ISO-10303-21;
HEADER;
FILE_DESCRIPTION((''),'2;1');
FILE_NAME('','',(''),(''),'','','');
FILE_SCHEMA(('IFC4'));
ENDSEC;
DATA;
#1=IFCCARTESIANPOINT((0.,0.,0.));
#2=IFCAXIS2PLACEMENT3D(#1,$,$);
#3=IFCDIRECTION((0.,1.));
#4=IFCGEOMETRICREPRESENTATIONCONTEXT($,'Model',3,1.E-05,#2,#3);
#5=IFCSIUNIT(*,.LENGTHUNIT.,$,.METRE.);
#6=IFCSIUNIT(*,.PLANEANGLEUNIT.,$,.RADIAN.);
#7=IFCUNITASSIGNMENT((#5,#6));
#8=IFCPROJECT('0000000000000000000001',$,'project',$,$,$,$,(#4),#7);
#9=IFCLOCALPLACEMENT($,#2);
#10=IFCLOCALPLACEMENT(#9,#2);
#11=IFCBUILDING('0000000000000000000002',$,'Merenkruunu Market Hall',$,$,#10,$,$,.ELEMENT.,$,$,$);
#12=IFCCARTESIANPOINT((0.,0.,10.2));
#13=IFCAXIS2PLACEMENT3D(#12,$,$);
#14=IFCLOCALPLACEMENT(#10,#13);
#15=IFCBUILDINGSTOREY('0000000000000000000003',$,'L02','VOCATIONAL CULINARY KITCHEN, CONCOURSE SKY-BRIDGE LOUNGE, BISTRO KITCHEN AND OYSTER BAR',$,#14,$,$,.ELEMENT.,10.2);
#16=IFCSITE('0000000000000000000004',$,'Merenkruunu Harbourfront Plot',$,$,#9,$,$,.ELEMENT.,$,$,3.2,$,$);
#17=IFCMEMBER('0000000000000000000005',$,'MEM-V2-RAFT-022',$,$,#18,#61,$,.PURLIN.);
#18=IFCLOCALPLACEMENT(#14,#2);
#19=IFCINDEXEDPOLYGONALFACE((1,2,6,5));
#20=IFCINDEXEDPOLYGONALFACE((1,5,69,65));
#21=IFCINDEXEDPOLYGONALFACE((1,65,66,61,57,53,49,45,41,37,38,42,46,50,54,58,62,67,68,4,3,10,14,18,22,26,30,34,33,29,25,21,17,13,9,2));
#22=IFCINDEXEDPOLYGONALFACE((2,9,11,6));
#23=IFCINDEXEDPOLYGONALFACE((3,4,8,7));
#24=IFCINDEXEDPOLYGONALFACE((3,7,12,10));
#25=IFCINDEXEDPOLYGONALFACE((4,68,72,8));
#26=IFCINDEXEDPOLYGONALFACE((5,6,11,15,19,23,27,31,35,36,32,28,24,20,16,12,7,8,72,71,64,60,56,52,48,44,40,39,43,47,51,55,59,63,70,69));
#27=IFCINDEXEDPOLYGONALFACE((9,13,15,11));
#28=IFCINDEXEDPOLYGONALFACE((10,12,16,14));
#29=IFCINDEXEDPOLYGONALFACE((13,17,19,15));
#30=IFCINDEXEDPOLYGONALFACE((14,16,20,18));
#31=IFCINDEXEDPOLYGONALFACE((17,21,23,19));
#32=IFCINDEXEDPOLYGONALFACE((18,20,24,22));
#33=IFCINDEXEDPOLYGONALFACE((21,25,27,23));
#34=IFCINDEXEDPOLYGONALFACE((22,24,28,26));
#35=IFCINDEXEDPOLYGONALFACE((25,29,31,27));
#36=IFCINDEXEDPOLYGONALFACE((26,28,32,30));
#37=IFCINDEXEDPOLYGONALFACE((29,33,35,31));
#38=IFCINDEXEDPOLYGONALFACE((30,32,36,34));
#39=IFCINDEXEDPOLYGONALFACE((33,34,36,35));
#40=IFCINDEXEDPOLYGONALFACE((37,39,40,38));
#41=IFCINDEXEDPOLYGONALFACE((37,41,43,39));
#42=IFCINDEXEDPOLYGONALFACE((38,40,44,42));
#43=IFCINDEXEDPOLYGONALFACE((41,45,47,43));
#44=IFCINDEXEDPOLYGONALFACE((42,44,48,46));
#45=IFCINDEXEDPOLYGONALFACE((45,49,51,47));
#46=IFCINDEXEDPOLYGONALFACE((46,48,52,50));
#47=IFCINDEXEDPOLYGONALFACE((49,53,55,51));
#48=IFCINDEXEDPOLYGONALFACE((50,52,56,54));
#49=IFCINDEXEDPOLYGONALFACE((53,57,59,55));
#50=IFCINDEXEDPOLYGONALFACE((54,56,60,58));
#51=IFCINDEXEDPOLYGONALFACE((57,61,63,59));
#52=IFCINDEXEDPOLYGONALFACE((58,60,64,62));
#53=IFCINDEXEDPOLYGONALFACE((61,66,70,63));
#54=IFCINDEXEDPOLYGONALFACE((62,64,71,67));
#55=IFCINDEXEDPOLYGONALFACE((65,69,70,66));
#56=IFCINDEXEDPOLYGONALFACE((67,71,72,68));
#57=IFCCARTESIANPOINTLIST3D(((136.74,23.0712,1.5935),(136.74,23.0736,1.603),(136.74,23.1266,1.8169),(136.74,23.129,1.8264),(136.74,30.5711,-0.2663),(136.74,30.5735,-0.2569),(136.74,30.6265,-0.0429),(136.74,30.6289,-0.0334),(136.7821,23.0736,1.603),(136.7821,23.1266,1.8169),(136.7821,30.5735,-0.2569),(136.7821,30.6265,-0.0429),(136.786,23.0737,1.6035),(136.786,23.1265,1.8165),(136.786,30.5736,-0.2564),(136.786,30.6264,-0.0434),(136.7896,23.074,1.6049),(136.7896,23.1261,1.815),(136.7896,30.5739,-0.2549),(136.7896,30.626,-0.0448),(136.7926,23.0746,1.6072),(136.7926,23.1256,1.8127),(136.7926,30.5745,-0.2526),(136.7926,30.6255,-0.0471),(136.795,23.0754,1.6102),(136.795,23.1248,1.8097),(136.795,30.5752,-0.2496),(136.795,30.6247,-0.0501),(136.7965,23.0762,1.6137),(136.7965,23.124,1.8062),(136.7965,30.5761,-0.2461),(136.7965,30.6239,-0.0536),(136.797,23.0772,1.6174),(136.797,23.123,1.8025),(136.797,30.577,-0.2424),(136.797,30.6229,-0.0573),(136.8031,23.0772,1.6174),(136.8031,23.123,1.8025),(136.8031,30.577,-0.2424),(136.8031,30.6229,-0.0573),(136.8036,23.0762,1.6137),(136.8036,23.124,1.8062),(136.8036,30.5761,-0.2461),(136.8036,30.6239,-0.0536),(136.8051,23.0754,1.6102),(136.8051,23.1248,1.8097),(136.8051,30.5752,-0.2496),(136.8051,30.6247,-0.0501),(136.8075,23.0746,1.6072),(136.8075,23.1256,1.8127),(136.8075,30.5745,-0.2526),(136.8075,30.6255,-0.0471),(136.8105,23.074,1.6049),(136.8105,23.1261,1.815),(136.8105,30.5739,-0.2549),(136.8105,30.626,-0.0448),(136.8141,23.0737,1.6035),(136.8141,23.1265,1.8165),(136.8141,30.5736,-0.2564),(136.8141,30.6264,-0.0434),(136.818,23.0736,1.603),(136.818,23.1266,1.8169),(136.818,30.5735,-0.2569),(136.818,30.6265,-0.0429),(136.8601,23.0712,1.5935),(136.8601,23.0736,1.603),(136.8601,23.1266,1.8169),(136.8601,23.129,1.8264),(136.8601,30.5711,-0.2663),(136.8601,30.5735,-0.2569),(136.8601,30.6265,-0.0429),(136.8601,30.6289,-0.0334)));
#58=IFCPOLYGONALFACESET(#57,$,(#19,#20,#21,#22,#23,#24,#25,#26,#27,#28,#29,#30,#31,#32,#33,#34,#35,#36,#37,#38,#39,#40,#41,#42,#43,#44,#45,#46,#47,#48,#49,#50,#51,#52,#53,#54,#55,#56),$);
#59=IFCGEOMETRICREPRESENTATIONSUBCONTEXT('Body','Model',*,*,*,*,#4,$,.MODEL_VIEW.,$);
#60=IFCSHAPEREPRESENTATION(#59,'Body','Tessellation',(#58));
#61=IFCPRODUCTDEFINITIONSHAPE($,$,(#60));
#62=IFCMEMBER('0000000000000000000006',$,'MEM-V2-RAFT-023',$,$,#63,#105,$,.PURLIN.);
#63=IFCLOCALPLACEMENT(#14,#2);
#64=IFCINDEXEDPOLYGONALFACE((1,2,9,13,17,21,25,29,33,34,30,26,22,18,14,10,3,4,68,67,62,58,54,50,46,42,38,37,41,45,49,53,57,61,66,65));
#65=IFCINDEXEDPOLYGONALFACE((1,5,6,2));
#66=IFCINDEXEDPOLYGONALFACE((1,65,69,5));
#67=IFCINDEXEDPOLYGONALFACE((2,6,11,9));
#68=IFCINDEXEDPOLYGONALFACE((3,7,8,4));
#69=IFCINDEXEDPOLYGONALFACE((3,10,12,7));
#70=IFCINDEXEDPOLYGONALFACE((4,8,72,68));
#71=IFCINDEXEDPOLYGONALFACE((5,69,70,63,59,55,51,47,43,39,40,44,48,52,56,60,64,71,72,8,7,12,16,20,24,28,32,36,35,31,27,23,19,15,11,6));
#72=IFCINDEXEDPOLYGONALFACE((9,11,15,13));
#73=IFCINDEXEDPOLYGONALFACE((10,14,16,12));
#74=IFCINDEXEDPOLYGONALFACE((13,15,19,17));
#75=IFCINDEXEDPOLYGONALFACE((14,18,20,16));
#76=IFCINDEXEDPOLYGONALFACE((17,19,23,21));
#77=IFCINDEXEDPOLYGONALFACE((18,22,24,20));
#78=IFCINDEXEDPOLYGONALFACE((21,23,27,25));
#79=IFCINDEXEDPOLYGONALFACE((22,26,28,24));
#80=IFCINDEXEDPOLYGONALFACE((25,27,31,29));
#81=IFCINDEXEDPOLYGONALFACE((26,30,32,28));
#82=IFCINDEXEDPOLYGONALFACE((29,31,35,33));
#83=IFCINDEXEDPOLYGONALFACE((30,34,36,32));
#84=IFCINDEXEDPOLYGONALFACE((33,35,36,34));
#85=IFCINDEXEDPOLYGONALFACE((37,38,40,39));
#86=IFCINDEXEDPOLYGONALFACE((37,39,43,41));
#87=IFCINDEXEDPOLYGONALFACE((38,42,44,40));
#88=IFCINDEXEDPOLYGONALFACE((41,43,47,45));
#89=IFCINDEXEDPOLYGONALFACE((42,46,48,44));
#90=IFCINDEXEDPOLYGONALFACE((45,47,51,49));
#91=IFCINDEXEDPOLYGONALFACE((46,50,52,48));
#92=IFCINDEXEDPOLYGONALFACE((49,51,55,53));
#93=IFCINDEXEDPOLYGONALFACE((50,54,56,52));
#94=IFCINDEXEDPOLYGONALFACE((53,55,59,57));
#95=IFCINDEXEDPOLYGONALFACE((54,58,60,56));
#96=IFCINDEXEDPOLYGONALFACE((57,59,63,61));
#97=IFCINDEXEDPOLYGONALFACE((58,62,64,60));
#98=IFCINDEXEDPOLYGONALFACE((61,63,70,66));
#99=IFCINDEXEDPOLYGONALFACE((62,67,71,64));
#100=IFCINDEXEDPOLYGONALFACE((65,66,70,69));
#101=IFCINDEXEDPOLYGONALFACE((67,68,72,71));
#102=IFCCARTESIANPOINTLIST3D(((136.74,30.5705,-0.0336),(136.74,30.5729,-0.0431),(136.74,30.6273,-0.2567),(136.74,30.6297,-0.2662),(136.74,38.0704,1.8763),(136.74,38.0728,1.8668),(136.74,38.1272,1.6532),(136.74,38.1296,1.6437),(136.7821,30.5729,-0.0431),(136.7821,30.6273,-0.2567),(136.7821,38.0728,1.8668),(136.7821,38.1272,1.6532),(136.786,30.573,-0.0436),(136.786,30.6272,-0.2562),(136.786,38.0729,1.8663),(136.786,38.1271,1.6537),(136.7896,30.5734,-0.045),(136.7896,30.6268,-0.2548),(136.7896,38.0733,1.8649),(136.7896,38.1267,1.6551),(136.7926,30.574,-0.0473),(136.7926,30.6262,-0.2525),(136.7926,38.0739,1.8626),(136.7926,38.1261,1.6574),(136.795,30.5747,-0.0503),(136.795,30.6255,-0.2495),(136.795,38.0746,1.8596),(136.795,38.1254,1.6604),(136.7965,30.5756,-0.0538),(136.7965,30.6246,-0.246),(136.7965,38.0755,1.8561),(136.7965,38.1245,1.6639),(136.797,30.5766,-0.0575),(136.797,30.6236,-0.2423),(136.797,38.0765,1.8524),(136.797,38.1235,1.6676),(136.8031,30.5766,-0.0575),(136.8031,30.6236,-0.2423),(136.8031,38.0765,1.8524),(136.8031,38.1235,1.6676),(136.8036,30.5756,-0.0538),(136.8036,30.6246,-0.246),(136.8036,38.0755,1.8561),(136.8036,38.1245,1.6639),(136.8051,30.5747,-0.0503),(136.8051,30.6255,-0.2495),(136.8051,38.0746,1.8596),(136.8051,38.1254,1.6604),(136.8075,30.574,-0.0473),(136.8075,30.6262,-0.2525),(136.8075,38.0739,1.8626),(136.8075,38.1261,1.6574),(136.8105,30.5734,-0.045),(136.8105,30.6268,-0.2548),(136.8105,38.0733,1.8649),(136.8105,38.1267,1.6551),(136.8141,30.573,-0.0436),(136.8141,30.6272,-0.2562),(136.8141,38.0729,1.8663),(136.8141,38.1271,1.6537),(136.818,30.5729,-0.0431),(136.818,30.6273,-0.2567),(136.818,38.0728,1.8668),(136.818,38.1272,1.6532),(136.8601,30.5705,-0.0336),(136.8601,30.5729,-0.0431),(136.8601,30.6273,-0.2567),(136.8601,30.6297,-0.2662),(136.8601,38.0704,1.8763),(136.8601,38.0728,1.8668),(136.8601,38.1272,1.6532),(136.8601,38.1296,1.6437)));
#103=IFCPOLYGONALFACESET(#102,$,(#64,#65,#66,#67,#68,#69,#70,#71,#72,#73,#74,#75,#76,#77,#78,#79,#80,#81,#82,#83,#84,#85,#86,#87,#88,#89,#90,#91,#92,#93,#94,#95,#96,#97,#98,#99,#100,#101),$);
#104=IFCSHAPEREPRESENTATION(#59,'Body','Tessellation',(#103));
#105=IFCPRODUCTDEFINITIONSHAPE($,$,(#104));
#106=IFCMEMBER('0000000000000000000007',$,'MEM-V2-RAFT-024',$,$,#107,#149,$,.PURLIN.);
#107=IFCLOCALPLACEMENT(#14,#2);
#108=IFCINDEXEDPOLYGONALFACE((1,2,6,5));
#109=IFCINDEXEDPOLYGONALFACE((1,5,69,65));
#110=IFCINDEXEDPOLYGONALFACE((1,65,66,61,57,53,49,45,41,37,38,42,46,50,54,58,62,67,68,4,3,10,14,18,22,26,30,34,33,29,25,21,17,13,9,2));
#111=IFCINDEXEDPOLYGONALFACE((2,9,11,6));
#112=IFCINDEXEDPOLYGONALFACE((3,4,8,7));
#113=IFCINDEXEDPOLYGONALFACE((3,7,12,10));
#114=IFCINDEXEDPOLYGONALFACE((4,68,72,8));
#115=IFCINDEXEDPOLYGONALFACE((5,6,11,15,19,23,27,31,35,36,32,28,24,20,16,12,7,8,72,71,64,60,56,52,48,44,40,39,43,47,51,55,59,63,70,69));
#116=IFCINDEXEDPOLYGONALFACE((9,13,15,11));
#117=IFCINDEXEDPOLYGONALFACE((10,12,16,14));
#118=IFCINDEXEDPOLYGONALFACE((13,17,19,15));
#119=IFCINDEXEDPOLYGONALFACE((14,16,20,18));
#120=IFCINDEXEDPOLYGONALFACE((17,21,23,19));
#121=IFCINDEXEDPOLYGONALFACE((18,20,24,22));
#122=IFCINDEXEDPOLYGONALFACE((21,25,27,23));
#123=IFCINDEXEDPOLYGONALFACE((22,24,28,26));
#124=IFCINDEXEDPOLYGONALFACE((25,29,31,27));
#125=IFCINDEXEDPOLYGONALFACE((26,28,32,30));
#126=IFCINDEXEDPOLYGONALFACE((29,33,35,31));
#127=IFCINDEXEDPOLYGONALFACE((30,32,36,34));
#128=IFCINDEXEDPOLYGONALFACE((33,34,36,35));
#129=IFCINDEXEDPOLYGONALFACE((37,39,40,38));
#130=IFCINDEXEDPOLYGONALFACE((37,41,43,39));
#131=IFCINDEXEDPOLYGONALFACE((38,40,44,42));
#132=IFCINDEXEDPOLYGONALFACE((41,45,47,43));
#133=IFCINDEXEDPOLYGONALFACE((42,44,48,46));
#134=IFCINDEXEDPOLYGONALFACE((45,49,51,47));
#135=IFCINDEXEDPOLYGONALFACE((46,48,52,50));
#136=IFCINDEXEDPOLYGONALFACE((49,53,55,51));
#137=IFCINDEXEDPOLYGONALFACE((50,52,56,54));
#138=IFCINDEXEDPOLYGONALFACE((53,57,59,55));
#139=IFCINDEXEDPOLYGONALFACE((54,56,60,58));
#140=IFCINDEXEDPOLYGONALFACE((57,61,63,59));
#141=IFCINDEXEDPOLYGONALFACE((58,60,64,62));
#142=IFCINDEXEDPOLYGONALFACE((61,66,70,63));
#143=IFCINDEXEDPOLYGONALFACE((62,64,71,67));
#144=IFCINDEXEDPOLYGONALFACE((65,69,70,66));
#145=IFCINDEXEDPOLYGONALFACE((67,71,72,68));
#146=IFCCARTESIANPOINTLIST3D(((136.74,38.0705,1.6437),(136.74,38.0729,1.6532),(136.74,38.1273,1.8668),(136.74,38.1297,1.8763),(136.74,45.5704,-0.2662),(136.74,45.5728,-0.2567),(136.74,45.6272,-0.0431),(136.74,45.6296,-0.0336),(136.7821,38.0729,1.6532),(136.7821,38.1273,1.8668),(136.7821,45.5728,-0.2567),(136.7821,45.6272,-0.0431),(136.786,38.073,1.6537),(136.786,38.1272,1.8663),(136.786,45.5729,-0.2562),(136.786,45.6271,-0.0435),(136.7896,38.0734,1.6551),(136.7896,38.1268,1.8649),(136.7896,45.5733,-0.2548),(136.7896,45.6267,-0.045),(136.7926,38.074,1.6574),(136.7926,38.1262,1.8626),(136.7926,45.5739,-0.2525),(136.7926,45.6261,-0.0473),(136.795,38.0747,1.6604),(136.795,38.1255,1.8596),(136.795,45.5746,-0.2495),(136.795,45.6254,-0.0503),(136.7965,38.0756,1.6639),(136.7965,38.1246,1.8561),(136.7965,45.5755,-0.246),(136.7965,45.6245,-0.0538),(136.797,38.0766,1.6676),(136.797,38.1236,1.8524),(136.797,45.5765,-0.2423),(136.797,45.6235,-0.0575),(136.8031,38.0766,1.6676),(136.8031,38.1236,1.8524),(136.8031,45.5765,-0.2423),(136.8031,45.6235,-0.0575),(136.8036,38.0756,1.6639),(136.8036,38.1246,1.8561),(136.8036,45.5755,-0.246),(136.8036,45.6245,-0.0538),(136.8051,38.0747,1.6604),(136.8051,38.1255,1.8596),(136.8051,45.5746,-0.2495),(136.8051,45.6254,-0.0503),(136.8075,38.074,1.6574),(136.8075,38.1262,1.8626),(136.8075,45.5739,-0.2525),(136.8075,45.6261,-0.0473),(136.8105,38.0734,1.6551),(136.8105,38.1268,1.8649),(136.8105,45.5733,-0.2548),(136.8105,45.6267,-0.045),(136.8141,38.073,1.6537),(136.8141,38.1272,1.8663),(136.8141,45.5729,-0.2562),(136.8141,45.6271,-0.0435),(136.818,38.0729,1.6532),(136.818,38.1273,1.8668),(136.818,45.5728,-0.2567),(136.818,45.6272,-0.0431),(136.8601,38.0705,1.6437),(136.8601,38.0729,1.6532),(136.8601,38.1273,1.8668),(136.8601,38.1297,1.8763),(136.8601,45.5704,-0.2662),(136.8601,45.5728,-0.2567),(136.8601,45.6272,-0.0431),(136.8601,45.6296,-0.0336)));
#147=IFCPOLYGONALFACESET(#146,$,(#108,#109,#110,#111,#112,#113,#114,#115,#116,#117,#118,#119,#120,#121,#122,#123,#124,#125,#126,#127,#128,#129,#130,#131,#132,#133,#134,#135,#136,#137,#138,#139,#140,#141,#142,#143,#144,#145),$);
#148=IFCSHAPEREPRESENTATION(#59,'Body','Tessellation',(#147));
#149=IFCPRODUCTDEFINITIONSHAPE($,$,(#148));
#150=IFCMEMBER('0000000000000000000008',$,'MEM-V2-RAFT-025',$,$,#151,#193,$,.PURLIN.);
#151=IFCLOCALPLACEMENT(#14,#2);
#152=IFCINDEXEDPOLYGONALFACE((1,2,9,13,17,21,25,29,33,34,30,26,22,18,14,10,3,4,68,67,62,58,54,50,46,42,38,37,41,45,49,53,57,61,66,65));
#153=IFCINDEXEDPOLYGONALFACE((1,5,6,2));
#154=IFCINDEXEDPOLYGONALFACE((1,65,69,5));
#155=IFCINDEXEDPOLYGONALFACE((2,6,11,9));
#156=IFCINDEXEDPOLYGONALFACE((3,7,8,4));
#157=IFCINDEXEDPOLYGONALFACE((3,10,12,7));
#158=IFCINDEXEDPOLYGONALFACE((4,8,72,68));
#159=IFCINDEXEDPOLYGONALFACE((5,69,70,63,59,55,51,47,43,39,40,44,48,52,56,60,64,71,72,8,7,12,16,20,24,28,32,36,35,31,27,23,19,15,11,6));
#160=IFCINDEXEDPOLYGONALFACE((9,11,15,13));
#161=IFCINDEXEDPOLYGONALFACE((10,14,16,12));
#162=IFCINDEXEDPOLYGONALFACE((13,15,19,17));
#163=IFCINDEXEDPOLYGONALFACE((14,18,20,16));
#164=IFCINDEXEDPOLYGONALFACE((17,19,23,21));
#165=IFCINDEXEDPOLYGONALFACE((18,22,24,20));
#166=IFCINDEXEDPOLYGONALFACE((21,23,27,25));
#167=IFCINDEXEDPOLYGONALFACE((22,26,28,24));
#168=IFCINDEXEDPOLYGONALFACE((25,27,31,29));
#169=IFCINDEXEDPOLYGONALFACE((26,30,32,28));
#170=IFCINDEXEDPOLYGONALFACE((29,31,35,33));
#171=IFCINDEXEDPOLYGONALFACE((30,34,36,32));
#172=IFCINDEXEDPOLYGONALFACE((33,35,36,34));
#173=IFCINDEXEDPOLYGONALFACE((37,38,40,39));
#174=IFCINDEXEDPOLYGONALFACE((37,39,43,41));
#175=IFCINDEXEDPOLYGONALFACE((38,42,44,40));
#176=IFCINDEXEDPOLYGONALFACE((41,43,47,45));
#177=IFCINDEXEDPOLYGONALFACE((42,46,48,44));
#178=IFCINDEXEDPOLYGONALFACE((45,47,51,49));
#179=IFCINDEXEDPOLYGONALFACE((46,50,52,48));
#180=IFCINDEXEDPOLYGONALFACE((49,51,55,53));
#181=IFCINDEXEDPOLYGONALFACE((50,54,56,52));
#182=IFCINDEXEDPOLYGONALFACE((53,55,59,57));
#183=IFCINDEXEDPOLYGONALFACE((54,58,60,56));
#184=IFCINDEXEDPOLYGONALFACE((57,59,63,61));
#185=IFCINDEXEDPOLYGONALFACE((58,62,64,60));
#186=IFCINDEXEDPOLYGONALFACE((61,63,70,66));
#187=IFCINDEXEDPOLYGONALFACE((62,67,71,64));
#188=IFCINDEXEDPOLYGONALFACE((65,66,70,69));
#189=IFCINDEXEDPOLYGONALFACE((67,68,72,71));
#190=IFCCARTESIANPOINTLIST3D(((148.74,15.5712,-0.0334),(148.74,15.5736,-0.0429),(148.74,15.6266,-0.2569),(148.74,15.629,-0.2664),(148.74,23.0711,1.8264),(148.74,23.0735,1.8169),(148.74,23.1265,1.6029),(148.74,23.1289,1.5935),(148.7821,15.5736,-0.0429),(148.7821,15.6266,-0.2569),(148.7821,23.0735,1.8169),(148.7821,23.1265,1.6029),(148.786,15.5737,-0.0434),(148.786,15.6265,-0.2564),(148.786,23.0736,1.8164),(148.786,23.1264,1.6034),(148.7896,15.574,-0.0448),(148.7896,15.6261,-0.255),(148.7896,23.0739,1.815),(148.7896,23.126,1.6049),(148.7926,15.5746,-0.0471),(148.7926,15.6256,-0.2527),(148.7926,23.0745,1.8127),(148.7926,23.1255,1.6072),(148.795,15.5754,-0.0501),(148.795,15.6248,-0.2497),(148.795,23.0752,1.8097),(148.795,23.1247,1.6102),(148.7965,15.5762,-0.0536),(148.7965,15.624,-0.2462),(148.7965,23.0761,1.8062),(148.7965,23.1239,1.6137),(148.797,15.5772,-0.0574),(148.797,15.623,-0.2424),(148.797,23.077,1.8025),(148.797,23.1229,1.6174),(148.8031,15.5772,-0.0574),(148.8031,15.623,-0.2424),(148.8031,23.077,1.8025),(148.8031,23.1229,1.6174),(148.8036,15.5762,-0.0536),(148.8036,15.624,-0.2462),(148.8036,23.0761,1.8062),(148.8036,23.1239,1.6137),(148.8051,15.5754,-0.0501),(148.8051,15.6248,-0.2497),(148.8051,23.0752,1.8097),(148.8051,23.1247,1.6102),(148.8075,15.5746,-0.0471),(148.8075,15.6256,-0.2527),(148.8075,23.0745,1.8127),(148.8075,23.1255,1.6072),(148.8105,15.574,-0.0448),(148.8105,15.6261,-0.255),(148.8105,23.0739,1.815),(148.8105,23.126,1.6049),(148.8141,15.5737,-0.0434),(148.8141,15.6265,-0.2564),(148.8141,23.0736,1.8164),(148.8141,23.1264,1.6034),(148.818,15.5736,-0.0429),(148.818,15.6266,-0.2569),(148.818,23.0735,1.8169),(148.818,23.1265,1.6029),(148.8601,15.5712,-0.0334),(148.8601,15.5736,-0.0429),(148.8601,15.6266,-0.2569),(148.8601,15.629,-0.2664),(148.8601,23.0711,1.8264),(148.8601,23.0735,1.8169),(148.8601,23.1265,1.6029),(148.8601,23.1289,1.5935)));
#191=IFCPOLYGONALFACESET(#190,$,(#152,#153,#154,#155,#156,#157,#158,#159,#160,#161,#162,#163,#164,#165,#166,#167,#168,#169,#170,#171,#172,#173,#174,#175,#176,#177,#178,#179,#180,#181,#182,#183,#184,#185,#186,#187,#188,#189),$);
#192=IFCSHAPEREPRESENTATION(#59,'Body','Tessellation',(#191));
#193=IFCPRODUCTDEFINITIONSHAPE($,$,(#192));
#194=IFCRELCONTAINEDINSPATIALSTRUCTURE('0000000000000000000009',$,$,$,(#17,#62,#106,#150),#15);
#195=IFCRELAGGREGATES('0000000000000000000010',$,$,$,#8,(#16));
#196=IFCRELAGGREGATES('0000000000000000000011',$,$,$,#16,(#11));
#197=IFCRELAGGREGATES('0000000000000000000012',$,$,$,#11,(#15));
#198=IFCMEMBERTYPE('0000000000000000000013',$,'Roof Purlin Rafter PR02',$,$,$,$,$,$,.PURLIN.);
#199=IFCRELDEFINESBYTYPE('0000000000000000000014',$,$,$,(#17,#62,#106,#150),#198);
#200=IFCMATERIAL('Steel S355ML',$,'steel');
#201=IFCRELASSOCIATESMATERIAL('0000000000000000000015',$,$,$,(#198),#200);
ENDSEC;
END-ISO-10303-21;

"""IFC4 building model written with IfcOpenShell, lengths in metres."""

from ifc_helpers import new_model, si_unit, direction, frame, origin, origin_2d, place, context, subcontext, project, spatial, i_section, extrude, material, material_profile, profile_set, type_object, element, save


model = new_model("IFC4")

# Units and contexts
model_context = context("Model", 3, precision=1e-05, world=origin(), true_north=direction((0.0, 1.0)))
body_context = subcontext(model_context, "Body", "Model", "MODEL_VIEW")
ifc_project = project(units=[si_unit("LENGTHUNIT", "METRE"), si_unit("PLANEANGLEUNIT", "RADIAN")], contexts=[model_context])

# Site, building, storey
site_placement = place(None, origin())
site = spatial("IfcSite", under=ifc_project, at=site_placement, Name="Merenkruunu Harbourfront Plot", CompositionType="ELEMENT", RefElevation=3.2)
building_placement = place(site_placement, origin())
building = spatial("IfcBuilding", under=site, at=building_placement, Name="Merenkruunu Market Hall", CompositionType="ELEMENT")
storey_placement = place(building_placement, frame((0.0, 0.0, 10.2)))
storey = spatial("IfcBuildingStorey", under=building, at=storey_placement, Name="L02", Description="VOCATIONAL CULINARY KITCHEN, CONCOURSE SKY-BRIDGE LOUNGE, BISTRO KITCHEN AND OYSTER BAR", CompositionType="ELEMENT", Elevation=10.2)

# Members
ifc_material_1 = material(Name="Steel S355ML", Category="steel")
ifc_material_profile_1 = material_profile(ifc_material_1, i_section(OverallWidth=0.1201, OverallDepth=0.24, WebThickness=0.0061, FlangeThickness=0.0098, FilletRadius=0.0149, at=origin_2d()), Name="IPE 240")
ifc_profile_set_1 = profile_set([ifc_material_profile_1], Name="Steel S355ML")
member_type_1 = type_object("IfcMemberType", Name="Roof Purlin Rafter PR02", PredefinedType="PURLIN", material=ifc_profile_set_1)
for number, where, z_axis, x_axis, name in (
    (1, (136.8, 23.1001, 1.71), (0.0, 0.970602, -0.240692), (-1.0, 0.0, 0.0), "MEM-V2-RAFT-022"),
):
    element("IfcMember", number, at=place(storey_placement, frame(where, z_axis=z_axis, x_axis=x_axis)), inside=storey, type_object=member_type_1, Name=name, PredefinedType="PURLIN", context=body_context, shape_type="SweptSolid", body=[
        extrude(i_section(OverallWidth=0.1201, OverallDepth=0.24, WebThickness=0.0061, FlangeThickness=0.0098, FilletRadius=0.0149, at=origin_2d()), origin(), (0.0, 0.0, 1.0), 7.7271),
    ])
for number, where, z_axis, x_axis, name in (
    (2, (136.8, 30.6001, -0.1499), (0.0, 0.969072, 0.246779), (-1.0, 0.0, 0.0), "MEM-V2-RAFT-023"),
    (3, (136.8, 38.1001, 1.76), (0.0, 0.969072, -0.246779), (-1.0, 0.0, 0.0), "MEM-V2-RAFT-024"),
):
    element("IfcMember", number, at=place(storey_placement, frame(where, z_axis=z_axis, x_axis=x_axis)), inside=storey, type_object=member_type_1, Name=name, PredefinedType="PURLIN", context=body_context, shape_type="SweptSolid", body=[
        extrude(i_section(OverallWidth=0.1201, OverallDepth=0.24, WebThickness=0.0061, FlangeThickness=0.0098, FilletRadius=0.0149, at=origin_2d()), origin(), (0.0, 0.0, 1.0), 7.7393),
    ])
for number, where, z_axis, x_axis, name in (
    (4, (148.8, 15.6001, -0.1499), (0.0, 0.970602, 0.240692), (-1.0, 0.0, 0.0), "MEM-V2-RAFT-025"),
):
    element("IfcMember", number, at=place(storey_placement, frame(where, z_axis=z_axis, x_axis=x_axis)), inside=storey, type_object=member_type_1, Name=name, PredefinedType="PURLIN", context=body_context, shape_type="SweptSolid", body=[
        extrude(i_section(OverallWidth=0.1201, OverallDepth=0.24, WebThickness=0.0061, FlangeThickness=0.0098, FilletRadius=0.0149, at=origin_2d()), origin(), (0.0, 0.0, 1.0), 7.7271),
    ])

save(model, "model.ifc")
